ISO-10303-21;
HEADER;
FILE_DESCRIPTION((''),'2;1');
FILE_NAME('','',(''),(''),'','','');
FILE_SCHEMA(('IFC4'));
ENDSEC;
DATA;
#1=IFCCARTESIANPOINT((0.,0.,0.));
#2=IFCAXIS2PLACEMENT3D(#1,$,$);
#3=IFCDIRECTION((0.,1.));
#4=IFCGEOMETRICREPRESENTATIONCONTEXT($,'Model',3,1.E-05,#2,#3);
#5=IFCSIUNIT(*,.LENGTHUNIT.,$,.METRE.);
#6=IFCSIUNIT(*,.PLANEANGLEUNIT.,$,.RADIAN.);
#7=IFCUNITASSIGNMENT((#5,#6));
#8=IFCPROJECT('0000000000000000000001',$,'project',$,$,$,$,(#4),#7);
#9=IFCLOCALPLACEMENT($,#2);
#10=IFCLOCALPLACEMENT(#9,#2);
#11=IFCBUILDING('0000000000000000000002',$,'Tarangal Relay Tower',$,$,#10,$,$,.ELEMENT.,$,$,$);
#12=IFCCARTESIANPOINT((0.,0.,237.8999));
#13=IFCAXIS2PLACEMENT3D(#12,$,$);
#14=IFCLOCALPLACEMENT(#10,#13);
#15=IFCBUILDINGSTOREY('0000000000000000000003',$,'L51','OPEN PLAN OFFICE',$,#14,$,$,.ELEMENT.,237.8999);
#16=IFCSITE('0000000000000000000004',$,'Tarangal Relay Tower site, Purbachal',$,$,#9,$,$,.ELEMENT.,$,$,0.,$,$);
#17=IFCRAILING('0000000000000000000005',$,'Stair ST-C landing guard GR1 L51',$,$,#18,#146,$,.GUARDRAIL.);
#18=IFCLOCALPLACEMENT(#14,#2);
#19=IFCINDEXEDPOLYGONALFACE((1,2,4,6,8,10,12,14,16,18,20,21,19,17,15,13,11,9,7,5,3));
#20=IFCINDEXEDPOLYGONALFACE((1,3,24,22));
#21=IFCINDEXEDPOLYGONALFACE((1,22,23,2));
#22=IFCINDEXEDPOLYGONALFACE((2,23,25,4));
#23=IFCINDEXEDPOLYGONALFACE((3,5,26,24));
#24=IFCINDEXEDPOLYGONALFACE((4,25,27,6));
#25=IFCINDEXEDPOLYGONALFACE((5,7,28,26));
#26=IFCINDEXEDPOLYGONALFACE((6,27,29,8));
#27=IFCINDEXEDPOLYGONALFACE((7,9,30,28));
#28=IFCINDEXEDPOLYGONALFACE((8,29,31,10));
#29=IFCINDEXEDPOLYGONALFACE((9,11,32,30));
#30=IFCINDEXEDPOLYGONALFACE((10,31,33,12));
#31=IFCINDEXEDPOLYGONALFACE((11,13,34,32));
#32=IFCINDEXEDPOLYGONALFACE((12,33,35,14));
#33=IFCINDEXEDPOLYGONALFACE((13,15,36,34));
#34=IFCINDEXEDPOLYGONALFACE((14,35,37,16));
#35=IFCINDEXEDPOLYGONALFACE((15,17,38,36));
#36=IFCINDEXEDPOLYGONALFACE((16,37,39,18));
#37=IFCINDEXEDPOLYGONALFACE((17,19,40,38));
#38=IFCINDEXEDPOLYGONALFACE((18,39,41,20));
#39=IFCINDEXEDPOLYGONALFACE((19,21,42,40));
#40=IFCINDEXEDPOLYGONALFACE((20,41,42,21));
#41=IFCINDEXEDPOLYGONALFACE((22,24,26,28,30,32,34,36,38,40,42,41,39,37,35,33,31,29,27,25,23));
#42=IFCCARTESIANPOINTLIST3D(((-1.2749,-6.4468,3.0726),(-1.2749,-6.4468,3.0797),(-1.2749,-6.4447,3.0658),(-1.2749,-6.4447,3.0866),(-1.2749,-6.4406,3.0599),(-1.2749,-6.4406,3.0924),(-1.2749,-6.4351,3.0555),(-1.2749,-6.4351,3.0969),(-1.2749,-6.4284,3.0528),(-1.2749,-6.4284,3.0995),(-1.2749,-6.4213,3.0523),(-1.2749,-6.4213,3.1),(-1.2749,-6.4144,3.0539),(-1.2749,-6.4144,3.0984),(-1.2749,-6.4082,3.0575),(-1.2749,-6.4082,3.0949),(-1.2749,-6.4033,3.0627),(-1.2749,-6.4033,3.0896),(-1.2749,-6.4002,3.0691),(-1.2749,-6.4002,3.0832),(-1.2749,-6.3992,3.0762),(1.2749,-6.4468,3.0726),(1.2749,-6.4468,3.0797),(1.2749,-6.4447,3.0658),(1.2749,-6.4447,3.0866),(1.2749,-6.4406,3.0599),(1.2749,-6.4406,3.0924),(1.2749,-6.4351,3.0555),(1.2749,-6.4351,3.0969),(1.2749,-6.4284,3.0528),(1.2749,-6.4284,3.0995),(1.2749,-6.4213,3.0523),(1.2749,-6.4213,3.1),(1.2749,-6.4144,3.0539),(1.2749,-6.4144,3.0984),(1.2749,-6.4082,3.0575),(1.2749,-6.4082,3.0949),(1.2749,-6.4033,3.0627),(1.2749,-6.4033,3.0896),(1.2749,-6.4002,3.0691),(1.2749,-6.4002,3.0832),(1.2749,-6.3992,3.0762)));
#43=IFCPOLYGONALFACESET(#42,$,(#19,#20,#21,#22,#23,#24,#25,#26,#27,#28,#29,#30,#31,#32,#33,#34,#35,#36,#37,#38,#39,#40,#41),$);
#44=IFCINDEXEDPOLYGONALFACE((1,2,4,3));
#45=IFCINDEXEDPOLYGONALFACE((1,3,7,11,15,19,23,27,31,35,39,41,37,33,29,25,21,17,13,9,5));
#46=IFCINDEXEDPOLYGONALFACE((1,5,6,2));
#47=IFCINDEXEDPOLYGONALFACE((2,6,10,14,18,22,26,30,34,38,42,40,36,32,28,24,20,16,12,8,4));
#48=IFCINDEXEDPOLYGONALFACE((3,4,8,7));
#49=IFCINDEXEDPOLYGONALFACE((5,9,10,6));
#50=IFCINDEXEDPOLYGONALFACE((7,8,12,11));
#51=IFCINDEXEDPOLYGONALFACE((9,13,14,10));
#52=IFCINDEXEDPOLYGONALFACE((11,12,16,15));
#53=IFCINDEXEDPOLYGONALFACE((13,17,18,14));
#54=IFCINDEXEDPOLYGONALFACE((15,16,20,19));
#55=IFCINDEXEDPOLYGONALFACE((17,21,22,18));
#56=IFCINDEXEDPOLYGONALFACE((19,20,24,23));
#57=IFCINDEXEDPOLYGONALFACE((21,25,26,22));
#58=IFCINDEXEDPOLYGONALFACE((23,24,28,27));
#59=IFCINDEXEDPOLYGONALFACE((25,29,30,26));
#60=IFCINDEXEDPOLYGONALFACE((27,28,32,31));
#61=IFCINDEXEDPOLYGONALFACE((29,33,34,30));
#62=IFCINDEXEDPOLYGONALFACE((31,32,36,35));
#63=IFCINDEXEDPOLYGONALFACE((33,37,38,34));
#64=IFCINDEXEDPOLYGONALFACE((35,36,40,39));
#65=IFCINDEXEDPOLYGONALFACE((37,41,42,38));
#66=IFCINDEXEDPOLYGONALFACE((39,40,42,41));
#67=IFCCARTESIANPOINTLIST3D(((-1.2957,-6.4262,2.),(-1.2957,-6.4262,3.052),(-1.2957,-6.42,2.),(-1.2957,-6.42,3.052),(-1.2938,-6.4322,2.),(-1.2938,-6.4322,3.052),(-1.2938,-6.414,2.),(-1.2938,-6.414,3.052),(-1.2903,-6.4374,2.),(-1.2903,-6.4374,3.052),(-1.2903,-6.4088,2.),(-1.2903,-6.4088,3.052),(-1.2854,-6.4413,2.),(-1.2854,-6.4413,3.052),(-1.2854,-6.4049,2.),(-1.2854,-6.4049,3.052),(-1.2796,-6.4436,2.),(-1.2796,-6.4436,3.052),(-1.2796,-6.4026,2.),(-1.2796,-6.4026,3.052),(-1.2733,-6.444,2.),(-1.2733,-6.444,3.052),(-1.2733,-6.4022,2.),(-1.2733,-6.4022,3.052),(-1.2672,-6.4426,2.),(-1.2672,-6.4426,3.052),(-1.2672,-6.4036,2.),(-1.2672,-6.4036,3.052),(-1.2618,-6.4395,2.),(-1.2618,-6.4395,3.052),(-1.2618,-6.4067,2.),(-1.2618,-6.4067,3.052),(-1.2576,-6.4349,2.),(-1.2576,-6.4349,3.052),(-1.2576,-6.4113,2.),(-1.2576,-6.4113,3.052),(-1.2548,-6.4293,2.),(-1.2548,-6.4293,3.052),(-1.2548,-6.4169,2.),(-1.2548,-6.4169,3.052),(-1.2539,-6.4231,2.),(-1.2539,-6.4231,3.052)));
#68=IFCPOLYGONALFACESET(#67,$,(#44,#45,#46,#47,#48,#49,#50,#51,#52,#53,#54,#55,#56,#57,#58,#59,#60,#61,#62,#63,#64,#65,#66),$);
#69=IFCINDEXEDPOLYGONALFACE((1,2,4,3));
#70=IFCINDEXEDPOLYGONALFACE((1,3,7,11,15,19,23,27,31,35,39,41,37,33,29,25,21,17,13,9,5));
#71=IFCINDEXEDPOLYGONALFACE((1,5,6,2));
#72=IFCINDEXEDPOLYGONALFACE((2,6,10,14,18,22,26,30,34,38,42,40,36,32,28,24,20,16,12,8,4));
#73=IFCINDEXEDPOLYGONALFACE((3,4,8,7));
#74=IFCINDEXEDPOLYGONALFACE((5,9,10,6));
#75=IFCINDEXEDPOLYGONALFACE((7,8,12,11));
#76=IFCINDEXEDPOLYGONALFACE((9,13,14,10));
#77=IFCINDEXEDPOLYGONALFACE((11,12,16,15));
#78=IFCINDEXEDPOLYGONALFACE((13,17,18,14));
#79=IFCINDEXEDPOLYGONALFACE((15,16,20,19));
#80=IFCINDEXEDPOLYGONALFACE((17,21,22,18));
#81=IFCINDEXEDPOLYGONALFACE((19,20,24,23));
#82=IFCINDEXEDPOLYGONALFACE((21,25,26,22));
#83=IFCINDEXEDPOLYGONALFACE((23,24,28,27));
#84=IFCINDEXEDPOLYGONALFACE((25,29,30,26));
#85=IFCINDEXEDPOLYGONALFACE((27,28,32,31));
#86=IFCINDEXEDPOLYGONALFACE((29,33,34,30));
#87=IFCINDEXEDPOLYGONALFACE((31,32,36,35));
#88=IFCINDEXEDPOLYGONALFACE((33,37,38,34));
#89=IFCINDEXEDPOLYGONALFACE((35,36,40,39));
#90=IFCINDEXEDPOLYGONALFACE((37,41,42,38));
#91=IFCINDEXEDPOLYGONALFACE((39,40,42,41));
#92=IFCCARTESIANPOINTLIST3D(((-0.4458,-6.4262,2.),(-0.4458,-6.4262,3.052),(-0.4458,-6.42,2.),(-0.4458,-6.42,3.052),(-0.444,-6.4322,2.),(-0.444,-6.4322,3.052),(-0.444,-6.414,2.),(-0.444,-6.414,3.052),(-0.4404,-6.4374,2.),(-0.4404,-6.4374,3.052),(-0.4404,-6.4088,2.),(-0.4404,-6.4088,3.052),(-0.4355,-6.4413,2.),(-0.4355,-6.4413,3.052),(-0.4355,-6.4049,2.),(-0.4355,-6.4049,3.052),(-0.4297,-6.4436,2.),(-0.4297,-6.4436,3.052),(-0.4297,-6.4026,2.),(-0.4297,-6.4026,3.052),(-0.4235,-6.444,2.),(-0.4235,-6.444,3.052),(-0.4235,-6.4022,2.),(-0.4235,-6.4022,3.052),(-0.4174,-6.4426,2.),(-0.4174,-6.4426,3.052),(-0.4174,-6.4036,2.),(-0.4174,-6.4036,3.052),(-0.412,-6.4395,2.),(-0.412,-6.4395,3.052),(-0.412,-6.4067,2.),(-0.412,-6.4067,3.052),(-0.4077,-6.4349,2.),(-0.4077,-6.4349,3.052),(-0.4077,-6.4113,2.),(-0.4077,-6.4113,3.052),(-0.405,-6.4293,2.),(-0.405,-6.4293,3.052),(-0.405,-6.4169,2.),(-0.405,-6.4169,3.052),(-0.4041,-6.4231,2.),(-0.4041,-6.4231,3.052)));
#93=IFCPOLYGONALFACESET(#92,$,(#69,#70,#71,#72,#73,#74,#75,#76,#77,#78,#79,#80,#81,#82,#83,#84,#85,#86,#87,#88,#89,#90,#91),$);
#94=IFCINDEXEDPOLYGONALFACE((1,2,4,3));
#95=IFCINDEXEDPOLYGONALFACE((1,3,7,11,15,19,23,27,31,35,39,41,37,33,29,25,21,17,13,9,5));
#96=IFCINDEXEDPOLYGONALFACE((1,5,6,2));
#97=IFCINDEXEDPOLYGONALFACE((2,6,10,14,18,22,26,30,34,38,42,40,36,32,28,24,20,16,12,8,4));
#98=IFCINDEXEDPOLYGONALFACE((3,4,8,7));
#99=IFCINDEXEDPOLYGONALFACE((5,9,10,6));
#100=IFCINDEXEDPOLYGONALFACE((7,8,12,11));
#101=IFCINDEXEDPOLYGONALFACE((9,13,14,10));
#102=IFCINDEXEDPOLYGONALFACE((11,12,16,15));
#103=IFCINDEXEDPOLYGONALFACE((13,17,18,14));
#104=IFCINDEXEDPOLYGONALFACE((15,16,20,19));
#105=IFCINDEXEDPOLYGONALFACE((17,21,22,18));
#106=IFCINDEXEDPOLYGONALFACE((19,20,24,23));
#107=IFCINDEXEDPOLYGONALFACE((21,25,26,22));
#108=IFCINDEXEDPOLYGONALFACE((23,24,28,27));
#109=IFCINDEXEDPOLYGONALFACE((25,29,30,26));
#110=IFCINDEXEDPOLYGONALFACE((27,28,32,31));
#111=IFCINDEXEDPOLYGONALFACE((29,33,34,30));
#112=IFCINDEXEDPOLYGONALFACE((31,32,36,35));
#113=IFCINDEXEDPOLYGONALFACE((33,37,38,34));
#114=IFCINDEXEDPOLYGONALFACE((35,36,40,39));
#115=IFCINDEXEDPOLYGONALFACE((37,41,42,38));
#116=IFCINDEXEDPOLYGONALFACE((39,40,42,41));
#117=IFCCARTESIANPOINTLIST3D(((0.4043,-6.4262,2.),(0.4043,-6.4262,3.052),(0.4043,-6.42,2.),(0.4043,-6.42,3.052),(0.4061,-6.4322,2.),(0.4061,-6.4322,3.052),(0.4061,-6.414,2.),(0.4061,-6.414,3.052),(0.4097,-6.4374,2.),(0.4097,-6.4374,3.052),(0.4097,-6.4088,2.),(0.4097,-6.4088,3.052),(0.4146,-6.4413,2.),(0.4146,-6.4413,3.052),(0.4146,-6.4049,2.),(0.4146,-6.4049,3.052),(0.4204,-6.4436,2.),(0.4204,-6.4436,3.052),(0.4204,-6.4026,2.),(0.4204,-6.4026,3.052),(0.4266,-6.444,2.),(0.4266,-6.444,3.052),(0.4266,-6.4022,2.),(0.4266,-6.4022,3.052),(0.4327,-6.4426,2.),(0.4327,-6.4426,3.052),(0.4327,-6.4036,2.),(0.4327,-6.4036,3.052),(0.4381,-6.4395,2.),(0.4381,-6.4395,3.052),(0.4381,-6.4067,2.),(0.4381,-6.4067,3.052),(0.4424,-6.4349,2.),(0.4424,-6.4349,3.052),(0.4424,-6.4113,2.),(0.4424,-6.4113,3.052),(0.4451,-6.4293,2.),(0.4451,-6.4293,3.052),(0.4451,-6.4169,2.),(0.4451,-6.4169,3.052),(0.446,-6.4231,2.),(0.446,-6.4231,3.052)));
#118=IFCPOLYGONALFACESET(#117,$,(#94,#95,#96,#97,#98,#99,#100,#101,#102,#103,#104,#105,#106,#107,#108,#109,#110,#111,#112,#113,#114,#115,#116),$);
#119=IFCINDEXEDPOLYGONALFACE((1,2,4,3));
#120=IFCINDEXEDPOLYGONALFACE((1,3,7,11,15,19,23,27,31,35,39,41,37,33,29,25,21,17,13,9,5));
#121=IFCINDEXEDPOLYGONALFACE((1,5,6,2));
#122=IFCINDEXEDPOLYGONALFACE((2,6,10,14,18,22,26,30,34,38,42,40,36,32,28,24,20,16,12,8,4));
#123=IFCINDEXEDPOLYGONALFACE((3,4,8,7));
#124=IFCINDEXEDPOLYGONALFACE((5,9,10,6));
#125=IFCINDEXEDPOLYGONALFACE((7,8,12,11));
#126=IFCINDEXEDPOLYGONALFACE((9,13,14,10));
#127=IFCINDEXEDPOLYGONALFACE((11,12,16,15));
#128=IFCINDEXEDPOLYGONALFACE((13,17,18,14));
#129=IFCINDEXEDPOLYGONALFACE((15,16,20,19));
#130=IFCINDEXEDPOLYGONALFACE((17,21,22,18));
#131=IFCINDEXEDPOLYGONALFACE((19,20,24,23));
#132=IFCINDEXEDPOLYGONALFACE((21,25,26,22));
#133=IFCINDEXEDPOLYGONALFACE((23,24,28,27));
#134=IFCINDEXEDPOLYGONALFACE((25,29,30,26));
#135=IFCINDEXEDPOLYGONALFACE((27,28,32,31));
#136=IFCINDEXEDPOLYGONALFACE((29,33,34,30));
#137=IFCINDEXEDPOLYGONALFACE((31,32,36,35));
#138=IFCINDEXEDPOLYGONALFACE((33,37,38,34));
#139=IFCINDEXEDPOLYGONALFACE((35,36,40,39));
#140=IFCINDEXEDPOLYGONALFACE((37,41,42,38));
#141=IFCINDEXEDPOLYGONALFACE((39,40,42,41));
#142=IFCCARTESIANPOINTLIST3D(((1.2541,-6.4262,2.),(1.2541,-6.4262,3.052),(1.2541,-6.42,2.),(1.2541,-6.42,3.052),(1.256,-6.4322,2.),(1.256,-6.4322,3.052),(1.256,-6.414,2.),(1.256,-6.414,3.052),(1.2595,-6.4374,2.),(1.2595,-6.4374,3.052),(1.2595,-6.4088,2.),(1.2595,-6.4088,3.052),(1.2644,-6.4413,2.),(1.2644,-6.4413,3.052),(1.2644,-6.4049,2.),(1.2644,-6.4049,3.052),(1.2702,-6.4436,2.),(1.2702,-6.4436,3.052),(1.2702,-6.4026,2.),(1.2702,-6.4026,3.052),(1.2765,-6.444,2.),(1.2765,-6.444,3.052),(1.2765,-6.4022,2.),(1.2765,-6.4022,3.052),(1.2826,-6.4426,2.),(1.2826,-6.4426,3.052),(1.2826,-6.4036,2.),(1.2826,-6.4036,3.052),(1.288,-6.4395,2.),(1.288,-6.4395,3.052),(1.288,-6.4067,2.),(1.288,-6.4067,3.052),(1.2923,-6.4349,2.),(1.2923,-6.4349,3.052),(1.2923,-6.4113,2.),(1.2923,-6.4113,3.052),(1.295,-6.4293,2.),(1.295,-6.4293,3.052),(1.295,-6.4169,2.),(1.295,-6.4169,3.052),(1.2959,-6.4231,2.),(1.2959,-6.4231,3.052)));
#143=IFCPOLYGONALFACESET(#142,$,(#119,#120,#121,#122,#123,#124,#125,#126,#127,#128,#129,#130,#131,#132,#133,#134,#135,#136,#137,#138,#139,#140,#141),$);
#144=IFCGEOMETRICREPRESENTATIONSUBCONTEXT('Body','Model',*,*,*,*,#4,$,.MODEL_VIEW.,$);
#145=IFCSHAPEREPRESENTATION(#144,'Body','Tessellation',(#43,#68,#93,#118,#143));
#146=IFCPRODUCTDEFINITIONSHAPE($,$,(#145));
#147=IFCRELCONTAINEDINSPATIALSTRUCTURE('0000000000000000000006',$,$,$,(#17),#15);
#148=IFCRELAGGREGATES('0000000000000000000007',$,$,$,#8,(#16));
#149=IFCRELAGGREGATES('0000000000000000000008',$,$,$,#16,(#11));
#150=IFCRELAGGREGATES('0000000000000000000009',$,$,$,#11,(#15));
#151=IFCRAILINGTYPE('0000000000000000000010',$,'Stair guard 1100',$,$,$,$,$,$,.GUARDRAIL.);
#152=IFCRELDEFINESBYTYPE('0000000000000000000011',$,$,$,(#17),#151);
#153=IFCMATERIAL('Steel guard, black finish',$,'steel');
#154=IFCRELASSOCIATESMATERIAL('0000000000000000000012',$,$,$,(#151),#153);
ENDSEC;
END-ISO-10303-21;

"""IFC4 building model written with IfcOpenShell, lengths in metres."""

from ifc_helpers import new_model, si_unit, direction, frame, origin, origin_2d, place, context, subcontext, project, spatial, circle, extrude, material, type_object, element, save


model = new_model("IFC4")

# Units and contexts
model_context = context("Model", 3, precision=1e-05, world=origin(), true_north=direction((0.0, 1.0)))
body_context = subcontext(model_context, "Body", "Model", "MODEL_VIEW")
ifc_project = project(units=[si_unit("LENGTHUNIT", "METRE"), si_unit("PLANEANGLEUNIT", "RADIAN")], contexts=[model_context])

# Site, building, storey
site_placement = place(None, origin())
site = spatial("IfcSite", under=ifc_project, at=site_placement, Name="Tarangal Relay Tower site, Purbachal", CompositionType="ELEMENT", RefElevation=0.0)
building_placement = place(site_placement, origin())
building = spatial("IfcBuilding", under=site, at=building_placement, Name="Tarangal Relay Tower", CompositionType="ELEMENT")
storey_placement = place(building_placement, frame((0.0, 0.0, 237.8999)))
storey = spatial("IfcBuildingStorey", under=building, at=storey_placement, Name="L51", Description="OPEN PLAN OFFICE", CompositionType="ELEMENT", Elevation=237.8999)

# Railing
ifc_material_1 = material(Name="Steel guard, black finish", Category="steel")
railing_type = type_object("IfcRailingType", Name="Stair guard 1100", PredefinedType="GUARDRAIL", material=ifc_material_1)
railing_1_placement = place(storey_placement, frame((-1.2749, -6.4231, 2.0)))
element("IfcRailing", 1, at=railing_1_placement, inside=storey, type_object=railing_type, Name="Stair ST-C landing guard GR1 L51", PredefinedType="GUARDRAIL", context=body_context, shape_type="SweptSolid", body=[
    extrude(circle(Radius=0.0239, at=origin_2d()), frame((0.0, 0.0, 1.0762), z_axis=(1.0, 0.0, 0.0), x_axis=(0.0, 1.0, 0.0)), (0.0, 0.0, 1.0), 2.5498),
    extrude(circle(Radius=0.021, at=origin_2d()), origin(), (0.0, 0.0, 1.0), 1.052),
    extrude(circle(Radius=0.021, at=origin_2d()), frame((0.8499, 0.0, 0.0)), (0.0, 0.0, 1.0), 1.052),
    extrude(circle(Radius=0.021, at=origin_2d()), frame((1.7, 0.0, 0.0)), (0.0, 0.0, 1.0), 1.052),
    extrude(circle(Radius=0.021, at=origin_2d()), frame((2.5498, 0.0, 0.0)), (0.0, 0.0, 1.0), 1.052),
])

save(model, "model.ifc")
